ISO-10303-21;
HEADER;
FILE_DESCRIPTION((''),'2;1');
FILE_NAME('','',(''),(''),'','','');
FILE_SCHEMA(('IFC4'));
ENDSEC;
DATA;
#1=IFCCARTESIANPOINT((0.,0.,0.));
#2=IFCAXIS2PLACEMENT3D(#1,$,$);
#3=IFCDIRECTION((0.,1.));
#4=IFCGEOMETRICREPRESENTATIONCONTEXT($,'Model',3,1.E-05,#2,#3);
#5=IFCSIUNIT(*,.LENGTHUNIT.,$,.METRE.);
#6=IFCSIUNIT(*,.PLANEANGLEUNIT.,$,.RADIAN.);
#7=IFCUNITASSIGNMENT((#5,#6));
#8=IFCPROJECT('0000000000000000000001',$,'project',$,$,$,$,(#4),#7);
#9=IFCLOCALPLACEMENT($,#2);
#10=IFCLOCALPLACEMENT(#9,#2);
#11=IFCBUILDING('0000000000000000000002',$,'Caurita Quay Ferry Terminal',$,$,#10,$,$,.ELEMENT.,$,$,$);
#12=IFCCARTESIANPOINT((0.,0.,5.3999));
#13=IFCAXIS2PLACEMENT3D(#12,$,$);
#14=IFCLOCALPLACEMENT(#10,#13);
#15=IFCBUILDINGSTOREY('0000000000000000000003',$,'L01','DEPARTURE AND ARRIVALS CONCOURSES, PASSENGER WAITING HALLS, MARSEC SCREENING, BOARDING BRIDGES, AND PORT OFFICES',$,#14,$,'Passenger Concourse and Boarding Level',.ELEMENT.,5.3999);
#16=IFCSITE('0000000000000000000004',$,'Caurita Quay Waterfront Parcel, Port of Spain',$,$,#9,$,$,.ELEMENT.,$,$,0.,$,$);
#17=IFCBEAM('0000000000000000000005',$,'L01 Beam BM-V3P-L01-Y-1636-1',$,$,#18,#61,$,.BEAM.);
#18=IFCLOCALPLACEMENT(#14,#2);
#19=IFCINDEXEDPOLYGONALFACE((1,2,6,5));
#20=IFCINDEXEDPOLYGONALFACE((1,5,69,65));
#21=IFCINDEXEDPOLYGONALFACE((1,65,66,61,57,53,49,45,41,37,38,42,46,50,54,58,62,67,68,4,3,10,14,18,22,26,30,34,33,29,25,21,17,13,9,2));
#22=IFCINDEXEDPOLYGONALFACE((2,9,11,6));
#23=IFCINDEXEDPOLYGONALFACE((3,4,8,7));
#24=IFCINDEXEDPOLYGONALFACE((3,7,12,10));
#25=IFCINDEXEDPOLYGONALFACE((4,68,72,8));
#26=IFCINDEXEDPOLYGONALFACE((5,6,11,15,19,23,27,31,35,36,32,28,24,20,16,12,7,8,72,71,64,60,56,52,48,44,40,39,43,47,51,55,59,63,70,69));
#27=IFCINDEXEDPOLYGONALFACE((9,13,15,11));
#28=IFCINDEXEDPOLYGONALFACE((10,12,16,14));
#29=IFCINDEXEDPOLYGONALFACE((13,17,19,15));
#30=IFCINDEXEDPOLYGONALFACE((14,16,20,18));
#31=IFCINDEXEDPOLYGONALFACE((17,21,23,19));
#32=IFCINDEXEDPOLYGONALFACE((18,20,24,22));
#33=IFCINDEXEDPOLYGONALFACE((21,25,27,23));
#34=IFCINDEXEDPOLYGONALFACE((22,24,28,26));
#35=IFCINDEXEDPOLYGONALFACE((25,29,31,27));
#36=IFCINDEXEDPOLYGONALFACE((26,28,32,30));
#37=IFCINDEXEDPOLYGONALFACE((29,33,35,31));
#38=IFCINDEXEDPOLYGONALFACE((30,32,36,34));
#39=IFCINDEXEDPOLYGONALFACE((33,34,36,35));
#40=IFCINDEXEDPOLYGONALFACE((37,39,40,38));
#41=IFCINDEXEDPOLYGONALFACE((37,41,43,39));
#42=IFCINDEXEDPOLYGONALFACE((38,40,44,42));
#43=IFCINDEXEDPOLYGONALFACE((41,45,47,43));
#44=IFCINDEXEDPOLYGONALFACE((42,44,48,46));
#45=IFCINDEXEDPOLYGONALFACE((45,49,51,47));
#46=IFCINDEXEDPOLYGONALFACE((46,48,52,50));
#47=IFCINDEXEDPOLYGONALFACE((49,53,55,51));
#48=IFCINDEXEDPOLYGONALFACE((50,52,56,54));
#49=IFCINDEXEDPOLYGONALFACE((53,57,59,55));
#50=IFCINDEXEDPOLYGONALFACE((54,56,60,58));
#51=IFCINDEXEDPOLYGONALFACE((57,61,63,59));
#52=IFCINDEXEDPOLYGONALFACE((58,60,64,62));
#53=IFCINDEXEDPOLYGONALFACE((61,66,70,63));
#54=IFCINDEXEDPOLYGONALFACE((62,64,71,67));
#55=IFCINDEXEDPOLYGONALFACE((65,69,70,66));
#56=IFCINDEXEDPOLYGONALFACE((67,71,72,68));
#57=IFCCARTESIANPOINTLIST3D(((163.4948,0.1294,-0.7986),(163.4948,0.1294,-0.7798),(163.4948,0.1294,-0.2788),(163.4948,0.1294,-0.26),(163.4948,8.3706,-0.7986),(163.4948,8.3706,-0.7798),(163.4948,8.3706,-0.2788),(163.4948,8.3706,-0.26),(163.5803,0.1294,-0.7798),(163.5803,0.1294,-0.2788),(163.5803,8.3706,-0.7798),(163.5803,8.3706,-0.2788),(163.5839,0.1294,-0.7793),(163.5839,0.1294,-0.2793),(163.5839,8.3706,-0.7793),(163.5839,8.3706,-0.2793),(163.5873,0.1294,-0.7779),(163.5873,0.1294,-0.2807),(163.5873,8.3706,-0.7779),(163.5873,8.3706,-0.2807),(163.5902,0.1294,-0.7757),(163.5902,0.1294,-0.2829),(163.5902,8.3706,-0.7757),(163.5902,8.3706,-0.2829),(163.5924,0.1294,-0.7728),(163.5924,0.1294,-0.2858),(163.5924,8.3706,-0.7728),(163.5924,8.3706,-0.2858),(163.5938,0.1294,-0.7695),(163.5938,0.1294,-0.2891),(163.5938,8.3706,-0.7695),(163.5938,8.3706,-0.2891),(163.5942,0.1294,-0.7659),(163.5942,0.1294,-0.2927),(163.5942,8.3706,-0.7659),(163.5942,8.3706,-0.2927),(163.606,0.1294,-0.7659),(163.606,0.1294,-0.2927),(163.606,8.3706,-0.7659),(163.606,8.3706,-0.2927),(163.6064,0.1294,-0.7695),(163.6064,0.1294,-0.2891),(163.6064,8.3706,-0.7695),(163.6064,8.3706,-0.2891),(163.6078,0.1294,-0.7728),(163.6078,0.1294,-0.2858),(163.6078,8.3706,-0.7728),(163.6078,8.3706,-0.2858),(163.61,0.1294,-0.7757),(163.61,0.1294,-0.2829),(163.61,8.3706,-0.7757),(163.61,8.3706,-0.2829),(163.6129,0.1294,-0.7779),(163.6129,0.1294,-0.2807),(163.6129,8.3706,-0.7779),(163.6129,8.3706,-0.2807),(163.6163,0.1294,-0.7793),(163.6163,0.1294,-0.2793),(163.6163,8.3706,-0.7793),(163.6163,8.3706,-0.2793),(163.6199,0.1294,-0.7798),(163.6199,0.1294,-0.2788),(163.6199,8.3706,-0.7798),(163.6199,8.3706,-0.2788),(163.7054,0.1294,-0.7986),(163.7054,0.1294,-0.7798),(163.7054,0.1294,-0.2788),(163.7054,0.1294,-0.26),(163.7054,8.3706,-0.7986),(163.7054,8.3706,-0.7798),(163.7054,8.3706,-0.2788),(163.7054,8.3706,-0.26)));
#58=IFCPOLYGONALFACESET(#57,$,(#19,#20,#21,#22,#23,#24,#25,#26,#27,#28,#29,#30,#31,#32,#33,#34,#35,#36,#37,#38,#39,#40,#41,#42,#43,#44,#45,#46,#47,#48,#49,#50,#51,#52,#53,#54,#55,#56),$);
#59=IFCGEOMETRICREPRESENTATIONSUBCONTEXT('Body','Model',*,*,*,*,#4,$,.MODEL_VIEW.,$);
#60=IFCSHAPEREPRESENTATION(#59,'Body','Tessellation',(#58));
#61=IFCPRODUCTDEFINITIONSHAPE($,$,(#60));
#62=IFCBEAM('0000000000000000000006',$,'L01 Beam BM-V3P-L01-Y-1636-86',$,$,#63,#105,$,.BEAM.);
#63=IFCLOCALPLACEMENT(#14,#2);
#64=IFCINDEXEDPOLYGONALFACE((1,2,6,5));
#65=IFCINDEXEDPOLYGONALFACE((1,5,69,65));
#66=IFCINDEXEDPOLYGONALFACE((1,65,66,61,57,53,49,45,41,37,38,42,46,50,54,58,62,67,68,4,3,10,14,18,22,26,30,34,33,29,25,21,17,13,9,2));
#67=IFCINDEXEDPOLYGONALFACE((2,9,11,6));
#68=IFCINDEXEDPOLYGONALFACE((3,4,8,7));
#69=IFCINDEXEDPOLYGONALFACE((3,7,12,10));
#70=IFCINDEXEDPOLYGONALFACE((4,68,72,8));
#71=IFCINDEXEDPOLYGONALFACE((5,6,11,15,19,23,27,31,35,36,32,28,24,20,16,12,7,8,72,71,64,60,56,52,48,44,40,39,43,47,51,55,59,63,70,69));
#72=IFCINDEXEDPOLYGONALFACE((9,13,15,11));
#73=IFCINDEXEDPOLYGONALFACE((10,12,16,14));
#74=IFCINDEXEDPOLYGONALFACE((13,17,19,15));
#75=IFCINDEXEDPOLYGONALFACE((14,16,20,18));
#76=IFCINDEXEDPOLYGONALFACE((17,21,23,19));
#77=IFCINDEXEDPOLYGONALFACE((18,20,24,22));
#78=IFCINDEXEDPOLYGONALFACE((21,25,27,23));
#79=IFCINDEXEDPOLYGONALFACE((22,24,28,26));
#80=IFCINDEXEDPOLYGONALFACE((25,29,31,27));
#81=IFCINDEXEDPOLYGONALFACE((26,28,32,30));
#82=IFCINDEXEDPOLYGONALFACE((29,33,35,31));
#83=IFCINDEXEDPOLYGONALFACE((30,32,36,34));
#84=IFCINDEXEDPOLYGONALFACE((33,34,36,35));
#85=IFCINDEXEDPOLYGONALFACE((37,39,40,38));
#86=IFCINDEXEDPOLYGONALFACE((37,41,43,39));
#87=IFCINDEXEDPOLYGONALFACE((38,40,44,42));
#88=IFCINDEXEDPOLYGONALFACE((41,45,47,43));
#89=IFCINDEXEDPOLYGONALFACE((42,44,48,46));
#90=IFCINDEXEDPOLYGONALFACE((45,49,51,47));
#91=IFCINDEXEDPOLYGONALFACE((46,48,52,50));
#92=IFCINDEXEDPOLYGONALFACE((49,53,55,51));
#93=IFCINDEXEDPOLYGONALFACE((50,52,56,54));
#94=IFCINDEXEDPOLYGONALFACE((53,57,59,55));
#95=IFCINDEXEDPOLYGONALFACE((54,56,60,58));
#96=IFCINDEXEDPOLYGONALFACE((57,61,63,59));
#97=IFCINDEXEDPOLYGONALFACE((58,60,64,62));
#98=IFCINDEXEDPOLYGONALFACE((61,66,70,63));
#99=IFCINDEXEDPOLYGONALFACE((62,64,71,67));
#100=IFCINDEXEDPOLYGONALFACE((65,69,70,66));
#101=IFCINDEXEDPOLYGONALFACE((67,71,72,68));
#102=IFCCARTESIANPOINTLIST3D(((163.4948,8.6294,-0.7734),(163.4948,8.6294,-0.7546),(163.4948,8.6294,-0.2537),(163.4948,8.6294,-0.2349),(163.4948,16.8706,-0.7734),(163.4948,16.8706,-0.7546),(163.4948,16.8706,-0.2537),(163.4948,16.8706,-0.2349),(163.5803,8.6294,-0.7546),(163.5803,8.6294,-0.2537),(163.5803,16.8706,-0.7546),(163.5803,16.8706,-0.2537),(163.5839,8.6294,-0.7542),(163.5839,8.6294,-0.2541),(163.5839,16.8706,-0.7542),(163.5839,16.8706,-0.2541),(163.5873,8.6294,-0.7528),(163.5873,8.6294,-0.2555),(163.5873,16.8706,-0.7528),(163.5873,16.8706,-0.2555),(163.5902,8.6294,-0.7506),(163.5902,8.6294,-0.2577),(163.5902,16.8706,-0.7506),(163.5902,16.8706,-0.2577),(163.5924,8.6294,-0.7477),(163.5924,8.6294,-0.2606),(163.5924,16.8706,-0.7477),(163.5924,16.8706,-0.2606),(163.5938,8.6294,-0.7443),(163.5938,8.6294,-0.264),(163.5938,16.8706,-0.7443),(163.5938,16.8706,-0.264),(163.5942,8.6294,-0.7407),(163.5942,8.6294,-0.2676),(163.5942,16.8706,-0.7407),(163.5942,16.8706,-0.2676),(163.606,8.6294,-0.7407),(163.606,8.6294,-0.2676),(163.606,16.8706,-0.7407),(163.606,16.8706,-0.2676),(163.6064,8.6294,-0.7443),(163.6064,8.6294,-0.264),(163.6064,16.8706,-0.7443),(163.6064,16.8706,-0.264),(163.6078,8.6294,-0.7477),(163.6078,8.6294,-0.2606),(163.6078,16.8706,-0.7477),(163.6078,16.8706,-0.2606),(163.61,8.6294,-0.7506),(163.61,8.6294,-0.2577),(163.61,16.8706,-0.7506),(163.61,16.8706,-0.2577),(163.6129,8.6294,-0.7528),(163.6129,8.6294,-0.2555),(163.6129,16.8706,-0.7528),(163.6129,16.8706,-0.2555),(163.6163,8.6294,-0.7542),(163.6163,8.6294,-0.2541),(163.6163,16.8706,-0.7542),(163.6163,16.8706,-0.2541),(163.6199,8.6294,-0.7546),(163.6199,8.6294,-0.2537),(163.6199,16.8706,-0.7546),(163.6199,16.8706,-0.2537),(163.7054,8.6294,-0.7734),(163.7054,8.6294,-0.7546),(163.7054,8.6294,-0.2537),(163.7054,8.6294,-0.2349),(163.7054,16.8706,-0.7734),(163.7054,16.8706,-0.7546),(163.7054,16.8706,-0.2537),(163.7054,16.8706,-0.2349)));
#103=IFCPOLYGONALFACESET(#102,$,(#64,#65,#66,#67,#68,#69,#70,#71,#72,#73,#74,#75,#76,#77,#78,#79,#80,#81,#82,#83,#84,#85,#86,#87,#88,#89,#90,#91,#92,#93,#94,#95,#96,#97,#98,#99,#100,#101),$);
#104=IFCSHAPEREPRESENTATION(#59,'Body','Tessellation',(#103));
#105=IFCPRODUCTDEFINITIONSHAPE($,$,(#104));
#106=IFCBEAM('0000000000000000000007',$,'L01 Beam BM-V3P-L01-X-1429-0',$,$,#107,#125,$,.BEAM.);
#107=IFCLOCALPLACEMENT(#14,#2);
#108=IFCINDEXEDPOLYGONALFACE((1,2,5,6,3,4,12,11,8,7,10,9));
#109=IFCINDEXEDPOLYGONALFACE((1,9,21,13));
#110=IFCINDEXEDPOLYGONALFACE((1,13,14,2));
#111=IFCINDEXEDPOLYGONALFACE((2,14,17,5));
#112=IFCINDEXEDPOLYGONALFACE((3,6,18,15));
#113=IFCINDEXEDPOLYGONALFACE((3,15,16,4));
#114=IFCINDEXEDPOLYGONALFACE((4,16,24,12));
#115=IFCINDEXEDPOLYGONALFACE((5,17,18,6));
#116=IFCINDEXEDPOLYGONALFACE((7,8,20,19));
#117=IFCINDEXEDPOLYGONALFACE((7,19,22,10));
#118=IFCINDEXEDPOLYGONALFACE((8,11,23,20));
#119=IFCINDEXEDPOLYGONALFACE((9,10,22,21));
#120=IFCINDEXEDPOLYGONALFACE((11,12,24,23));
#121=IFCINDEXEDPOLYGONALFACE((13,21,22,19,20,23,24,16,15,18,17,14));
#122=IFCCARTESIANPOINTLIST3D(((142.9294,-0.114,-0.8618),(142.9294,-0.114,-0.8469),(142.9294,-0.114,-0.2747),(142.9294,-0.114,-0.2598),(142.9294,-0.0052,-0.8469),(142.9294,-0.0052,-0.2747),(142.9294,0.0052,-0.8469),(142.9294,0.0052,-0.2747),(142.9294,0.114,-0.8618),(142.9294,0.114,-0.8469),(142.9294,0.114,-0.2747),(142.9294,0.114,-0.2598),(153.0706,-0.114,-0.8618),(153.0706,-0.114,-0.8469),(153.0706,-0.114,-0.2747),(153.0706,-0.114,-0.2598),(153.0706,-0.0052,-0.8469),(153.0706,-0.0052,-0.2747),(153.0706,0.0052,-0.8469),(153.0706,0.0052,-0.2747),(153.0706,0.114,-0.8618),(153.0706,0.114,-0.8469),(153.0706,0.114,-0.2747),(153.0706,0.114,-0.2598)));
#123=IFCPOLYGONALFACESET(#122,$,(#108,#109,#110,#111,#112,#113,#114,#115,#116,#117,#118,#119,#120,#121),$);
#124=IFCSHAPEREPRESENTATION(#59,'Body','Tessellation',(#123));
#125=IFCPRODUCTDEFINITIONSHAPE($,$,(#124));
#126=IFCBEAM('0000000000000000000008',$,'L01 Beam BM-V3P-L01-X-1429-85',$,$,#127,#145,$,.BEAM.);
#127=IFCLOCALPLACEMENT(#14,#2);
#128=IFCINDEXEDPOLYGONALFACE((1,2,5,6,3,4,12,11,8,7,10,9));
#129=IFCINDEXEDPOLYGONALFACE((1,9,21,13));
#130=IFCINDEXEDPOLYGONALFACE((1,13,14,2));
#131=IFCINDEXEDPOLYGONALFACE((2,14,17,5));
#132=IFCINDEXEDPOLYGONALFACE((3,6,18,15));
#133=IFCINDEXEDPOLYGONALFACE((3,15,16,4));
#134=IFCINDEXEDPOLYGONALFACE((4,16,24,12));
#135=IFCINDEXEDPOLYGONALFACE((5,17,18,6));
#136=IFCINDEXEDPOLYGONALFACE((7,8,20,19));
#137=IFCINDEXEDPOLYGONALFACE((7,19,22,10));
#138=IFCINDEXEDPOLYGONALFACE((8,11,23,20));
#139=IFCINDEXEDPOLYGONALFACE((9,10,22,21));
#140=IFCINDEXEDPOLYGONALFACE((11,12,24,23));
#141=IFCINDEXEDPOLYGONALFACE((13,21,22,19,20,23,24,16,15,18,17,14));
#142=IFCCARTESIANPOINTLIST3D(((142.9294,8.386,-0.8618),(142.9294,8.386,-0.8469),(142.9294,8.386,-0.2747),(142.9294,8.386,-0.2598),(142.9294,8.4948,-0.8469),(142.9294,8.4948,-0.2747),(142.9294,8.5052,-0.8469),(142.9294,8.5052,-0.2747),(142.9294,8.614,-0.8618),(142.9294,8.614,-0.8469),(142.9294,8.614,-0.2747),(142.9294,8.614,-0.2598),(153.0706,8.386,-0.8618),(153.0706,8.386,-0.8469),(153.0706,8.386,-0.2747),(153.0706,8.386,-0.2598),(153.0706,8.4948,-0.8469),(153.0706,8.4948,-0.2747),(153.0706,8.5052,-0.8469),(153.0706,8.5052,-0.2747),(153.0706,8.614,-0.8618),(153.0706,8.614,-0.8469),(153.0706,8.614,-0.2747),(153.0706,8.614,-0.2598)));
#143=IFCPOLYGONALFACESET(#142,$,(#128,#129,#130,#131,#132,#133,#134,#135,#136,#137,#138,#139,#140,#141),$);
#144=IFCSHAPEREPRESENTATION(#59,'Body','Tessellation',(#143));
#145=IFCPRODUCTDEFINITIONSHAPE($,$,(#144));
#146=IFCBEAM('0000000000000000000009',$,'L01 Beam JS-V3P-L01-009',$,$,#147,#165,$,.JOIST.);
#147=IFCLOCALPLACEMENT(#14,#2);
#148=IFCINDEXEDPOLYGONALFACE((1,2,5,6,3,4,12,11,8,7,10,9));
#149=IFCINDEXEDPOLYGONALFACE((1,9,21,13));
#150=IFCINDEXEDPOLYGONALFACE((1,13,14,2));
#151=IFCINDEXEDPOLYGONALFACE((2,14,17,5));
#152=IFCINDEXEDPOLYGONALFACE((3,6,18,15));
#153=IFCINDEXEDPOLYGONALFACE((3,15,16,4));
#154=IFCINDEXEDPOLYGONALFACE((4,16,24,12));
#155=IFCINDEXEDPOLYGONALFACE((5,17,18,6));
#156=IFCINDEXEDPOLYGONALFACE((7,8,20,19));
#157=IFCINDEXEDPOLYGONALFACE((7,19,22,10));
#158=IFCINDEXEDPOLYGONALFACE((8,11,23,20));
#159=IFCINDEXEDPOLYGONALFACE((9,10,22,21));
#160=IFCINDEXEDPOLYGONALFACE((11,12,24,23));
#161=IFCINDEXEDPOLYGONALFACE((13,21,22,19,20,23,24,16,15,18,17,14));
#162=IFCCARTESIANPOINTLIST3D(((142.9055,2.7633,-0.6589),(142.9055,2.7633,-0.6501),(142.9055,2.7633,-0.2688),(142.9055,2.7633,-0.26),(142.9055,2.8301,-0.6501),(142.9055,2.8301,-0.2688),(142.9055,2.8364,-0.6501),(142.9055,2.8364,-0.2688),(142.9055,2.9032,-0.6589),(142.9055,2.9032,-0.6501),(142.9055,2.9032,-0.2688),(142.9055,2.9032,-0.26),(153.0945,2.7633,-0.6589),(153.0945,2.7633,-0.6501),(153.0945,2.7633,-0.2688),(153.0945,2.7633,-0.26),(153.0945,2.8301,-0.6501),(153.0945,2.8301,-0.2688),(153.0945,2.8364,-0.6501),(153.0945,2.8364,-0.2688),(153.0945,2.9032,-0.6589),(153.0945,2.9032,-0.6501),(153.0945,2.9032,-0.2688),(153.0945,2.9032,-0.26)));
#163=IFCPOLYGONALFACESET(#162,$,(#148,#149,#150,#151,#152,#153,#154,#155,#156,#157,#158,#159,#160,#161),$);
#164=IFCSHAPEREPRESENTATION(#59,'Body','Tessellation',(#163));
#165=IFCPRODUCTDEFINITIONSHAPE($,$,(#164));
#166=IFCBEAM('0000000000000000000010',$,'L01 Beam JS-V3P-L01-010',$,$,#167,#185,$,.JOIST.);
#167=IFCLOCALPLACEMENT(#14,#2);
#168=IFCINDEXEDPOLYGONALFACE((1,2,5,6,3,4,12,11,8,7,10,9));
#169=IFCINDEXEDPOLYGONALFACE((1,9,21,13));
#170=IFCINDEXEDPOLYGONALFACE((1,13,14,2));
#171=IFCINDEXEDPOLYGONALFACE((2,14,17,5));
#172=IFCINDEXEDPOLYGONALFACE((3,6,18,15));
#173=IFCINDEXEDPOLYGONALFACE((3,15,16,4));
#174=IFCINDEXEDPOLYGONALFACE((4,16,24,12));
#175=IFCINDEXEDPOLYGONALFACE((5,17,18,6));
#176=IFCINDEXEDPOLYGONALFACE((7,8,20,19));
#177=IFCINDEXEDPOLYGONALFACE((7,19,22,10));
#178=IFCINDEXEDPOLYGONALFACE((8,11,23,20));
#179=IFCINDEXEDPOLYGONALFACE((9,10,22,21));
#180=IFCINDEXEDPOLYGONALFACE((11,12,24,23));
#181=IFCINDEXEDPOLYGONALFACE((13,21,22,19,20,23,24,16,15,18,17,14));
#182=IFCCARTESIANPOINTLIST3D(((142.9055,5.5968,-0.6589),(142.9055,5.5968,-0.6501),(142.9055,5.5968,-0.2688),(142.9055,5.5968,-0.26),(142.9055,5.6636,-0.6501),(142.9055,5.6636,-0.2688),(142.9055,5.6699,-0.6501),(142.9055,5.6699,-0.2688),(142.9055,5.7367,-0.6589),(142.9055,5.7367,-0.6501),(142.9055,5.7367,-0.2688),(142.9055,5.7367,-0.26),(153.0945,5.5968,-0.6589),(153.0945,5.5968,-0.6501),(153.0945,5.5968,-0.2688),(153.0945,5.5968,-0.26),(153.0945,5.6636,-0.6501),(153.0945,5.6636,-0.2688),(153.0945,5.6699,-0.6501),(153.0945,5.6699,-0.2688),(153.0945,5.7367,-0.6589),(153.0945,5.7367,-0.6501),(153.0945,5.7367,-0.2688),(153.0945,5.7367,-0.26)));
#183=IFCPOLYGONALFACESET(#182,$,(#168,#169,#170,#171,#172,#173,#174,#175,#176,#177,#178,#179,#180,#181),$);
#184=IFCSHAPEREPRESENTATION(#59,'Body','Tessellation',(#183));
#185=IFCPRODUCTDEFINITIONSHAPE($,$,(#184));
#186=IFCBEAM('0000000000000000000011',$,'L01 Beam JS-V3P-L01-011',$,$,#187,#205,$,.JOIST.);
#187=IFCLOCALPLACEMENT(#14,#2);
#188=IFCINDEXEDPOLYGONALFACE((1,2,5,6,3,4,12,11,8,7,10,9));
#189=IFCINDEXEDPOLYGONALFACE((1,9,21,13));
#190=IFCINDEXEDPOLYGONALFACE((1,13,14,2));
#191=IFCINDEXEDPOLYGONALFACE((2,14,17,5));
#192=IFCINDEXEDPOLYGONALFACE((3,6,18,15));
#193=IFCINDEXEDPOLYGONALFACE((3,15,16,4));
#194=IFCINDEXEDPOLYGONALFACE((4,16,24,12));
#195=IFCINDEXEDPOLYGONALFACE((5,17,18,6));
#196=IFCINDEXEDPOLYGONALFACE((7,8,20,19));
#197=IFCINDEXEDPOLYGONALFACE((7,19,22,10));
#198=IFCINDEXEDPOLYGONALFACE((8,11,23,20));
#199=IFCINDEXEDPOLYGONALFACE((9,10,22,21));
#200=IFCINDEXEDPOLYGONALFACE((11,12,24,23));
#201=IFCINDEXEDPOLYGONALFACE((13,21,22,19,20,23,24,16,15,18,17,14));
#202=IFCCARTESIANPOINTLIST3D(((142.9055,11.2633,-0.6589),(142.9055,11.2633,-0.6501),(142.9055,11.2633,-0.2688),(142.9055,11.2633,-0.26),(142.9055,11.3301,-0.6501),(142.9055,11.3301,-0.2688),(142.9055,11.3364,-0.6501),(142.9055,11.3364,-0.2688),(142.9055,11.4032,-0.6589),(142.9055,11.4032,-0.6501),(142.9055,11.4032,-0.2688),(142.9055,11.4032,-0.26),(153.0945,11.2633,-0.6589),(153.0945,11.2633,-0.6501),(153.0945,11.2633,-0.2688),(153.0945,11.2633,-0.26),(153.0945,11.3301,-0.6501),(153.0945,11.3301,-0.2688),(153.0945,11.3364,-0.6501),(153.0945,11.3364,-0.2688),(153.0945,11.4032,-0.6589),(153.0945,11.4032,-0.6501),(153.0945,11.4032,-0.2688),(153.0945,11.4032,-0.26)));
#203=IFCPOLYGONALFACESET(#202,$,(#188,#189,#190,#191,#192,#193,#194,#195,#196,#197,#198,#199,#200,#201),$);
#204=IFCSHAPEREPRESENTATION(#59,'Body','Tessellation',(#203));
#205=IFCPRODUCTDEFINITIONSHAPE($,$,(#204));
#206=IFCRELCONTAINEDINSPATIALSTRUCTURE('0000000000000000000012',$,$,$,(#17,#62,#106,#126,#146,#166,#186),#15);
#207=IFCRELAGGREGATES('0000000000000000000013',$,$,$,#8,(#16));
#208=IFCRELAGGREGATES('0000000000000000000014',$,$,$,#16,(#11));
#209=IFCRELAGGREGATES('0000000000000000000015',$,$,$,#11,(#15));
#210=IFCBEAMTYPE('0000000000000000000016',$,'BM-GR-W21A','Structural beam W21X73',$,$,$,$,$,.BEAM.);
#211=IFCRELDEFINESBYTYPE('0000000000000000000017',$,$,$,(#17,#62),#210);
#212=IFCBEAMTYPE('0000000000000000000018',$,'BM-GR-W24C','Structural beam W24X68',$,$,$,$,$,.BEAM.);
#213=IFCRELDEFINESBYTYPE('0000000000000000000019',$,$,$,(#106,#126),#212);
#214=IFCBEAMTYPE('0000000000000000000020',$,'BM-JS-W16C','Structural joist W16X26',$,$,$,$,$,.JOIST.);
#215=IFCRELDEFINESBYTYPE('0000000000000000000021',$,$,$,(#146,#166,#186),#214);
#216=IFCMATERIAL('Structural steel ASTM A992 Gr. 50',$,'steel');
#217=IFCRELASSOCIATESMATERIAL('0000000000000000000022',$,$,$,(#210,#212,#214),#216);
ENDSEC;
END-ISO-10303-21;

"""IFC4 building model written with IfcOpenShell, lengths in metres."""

from ifc_helpers import new_model, si_unit, direction, frame, origin, origin_2d, place, context, subcontext, project, spatial, i_section, extrude, material, material_profile, profile_set, type_object, element, save


model = new_model("IFC4")

# Units and contexts
model_context = context("Model", 3, precision=1e-05, world=origin(), true_north=direction((0.0, 1.0)))
body_context = subcontext(model_context, "Body", "Model", "MODEL_VIEW")
ifc_project = project(units=[si_unit("LENGTHUNIT", "METRE"), si_unit("PLANEANGLEUNIT", "RADIAN")], contexts=[model_context])

# Site, building, storey
site_placement = place(None, origin())
site = spatial("IfcSite", under=ifc_project, at=site_placement, Name="Caurita Quay Waterfront Parcel, Port of Spain", CompositionType="ELEMENT", RefElevation=0.0)
building_placement = place(site_placement, origin())
building = spatial("IfcBuilding", under=site, at=building_placement, Name="Caurita Quay Ferry Terminal", CompositionType="ELEMENT")
storey_placement = place(building_placement, frame((0.0, 0.0, 5.3999)))
storey = spatial("IfcBuildingStorey", under=building, at=storey_placement, Name="L01", Description="DEPARTURE AND ARRIVALS CONCOURSES, PASSENGER WAITING HALLS, MARSEC SCREENING, BOARDING BRIDGES, AND PORT OFFICES", LongName="Passenger Concourse and Boarding Level", CompositionType="ELEMENT", Elevation=5.3999)

# Beams
ifc_material_1 = material(Name="Structural steel ASTM A992 Gr. 50", Category="steel")
ifc_material_profile_1 = material_profile(ifc_material_1, i_section(OverallWidth=0.2107, OverallDepth=0.5386, WebThickness=0.0117, FlangeThickness=0.0188, FilletRadius=0.0139, at=origin_2d()), Name="W21X73")
ifc_profile_set_1 = profile_set([ifc_material_profile_1], Name="Structural steel ASTM A992 Gr. 50")
beam_type_1 = type_object("IfcBeamType", Name="BM-GR-W21A", Description="Structural beam W21X73", PredefinedType="BEAM", material=ifc_profile_set_1)
for number, where, z_axis, x_axis, name in (
    (1, (163.6001, 0.1294, -0.5293), (0.0, 1.0, 0.0), (-1.0, 0.0, 0.0), "L01 Beam BM-V3P-L01-Y-1636-1"),
    (2, (163.6001, 8.6294, -0.5042), (0.0, 1.0, 0.0), (-1.0, 0.0, 0.0), "L01 Beam BM-V3P-L01-Y-1636-86"),
):
    element("IfcBeam", number, at=place(storey_placement, frame(where, z_axis=z_axis, x_axis=x_axis)), inside=storey, type_object=beam_type_1, Name=name, PredefinedType="BEAM", context=body_context, shape_type="SweptSolid", body=[
        extrude(i_section(OverallWidth=0.2107, OverallDepth=0.5386, WebThickness=0.0117, FlangeThickness=0.0188, FilletRadius=0.0139, at=origin_2d()), origin(), (0.0, 0.0, 1.0), 8.2412),
    ])
ifc_material_profile_2 = material_profile(ifc_material_1, i_section(OverallWidth=0.228, OverallDepth=0.6021, WebThickness=0.0105, FlangeThickness=0.0149, at=origin_2d()), Name="W24X68")
ifc_profile_set_2 = profile_set([ifc_material_profile_2], Name="Structural steel ASTM A992 Gr. 50")
beam_type_2 = type_object("IfcBeamType", Name="BM-GR-W24C", Description="Structural beam W24X68", PredefinedType="BEAM", material=ifc_profile_set_2)
for number, where, z_axis, x_axis, name in (
    (3, (142.9294, 0.0, -0.5608), (1.0, 0.0, 0.0), (0.0, 1.0, 0.0), "L01 Beam BM-V3P-L01-X-1429-0"),
    (4, (142.9294, 8.5, -0.5608), (1.0, 0.0, 0.0), (0.0, 1.0, 0.0), "L01 Beam BM-V3P-L01-X-1429-85"),
):
    element("IfcBeam", number, at=place(storey_placement, frame(where, z_axis=z_axis, x_axis=x_axis)), inside=storey, type_object=beam_type_2, Name=name, PredefinedType="BEAM", context=body_context, shape_type="SweptSolid", body=[
        extrude(i_section(OverallWidth=0.228, OverallDepth=0.6021, WebThickness=0.0105, FlangeThickness=0.0149, at=origin_2d()), origin(), (0.0, 0.0, 1.0), 10.1411),
    ])
ifc_material_profile_3 = material_profile(ifc_material_1, i_section(OverallWidth=0.1399, OverallDepth=0.3989, WebThickness=0.0063, FlangeThickness=0.0088, at=origin_2d()), Name="W16X26")
ifc_profile_set_3 = profile_set([ifc_material_profile_3], Name="Structural steel ASTM A992 Gr. 50")
beam_type_3 = type_object("IfcBeamType", Name="BM-JS-W16C", Description="Structural joist W16X26", PredefinedType="JOIST", material=ifc_profile_set_3)
for number, where, z_axis, x_axis, name in (
    (5, (142.9055, 2.8333, -0.4595), (1.0, 0.0, 0.0), (0.0, 1.0, 0.0), "L01 Beam JS-V3P-L01-009"),
    (6, (142.9055, 5.6667, -0.4595), (1.0, 0.0, 0.0), (0.0, 1.0, 0.0), "L01 Beam JS-V3P-L01-010"),
    (7, (142.9055, 11.3333, -0.4595), (1.0, 0.0, 0.0), (0.0, 1.0, 0.0), "L01 Beam JS-V3P-L01-011"),
):
    element("IfcBeam", number, at=place(storey_placement, frame(where, z_axis=z_axis, x_axis=x_axis)), inside=storey, type_object=beam_type_3, Name=name, PredefinedType="JOIST", context=body_context, shape_type="SweptSolid", body=[
        extrude(i_section(OverallWidth=0.1399, OverallDepth=0.3989, WebThickness=0.0063, FlangeThickness=0.0088, at=origin_2d()), origin(), (0.0, 0.0, 1.0), 10.189),
    ])

save(model, "model.ifc")
